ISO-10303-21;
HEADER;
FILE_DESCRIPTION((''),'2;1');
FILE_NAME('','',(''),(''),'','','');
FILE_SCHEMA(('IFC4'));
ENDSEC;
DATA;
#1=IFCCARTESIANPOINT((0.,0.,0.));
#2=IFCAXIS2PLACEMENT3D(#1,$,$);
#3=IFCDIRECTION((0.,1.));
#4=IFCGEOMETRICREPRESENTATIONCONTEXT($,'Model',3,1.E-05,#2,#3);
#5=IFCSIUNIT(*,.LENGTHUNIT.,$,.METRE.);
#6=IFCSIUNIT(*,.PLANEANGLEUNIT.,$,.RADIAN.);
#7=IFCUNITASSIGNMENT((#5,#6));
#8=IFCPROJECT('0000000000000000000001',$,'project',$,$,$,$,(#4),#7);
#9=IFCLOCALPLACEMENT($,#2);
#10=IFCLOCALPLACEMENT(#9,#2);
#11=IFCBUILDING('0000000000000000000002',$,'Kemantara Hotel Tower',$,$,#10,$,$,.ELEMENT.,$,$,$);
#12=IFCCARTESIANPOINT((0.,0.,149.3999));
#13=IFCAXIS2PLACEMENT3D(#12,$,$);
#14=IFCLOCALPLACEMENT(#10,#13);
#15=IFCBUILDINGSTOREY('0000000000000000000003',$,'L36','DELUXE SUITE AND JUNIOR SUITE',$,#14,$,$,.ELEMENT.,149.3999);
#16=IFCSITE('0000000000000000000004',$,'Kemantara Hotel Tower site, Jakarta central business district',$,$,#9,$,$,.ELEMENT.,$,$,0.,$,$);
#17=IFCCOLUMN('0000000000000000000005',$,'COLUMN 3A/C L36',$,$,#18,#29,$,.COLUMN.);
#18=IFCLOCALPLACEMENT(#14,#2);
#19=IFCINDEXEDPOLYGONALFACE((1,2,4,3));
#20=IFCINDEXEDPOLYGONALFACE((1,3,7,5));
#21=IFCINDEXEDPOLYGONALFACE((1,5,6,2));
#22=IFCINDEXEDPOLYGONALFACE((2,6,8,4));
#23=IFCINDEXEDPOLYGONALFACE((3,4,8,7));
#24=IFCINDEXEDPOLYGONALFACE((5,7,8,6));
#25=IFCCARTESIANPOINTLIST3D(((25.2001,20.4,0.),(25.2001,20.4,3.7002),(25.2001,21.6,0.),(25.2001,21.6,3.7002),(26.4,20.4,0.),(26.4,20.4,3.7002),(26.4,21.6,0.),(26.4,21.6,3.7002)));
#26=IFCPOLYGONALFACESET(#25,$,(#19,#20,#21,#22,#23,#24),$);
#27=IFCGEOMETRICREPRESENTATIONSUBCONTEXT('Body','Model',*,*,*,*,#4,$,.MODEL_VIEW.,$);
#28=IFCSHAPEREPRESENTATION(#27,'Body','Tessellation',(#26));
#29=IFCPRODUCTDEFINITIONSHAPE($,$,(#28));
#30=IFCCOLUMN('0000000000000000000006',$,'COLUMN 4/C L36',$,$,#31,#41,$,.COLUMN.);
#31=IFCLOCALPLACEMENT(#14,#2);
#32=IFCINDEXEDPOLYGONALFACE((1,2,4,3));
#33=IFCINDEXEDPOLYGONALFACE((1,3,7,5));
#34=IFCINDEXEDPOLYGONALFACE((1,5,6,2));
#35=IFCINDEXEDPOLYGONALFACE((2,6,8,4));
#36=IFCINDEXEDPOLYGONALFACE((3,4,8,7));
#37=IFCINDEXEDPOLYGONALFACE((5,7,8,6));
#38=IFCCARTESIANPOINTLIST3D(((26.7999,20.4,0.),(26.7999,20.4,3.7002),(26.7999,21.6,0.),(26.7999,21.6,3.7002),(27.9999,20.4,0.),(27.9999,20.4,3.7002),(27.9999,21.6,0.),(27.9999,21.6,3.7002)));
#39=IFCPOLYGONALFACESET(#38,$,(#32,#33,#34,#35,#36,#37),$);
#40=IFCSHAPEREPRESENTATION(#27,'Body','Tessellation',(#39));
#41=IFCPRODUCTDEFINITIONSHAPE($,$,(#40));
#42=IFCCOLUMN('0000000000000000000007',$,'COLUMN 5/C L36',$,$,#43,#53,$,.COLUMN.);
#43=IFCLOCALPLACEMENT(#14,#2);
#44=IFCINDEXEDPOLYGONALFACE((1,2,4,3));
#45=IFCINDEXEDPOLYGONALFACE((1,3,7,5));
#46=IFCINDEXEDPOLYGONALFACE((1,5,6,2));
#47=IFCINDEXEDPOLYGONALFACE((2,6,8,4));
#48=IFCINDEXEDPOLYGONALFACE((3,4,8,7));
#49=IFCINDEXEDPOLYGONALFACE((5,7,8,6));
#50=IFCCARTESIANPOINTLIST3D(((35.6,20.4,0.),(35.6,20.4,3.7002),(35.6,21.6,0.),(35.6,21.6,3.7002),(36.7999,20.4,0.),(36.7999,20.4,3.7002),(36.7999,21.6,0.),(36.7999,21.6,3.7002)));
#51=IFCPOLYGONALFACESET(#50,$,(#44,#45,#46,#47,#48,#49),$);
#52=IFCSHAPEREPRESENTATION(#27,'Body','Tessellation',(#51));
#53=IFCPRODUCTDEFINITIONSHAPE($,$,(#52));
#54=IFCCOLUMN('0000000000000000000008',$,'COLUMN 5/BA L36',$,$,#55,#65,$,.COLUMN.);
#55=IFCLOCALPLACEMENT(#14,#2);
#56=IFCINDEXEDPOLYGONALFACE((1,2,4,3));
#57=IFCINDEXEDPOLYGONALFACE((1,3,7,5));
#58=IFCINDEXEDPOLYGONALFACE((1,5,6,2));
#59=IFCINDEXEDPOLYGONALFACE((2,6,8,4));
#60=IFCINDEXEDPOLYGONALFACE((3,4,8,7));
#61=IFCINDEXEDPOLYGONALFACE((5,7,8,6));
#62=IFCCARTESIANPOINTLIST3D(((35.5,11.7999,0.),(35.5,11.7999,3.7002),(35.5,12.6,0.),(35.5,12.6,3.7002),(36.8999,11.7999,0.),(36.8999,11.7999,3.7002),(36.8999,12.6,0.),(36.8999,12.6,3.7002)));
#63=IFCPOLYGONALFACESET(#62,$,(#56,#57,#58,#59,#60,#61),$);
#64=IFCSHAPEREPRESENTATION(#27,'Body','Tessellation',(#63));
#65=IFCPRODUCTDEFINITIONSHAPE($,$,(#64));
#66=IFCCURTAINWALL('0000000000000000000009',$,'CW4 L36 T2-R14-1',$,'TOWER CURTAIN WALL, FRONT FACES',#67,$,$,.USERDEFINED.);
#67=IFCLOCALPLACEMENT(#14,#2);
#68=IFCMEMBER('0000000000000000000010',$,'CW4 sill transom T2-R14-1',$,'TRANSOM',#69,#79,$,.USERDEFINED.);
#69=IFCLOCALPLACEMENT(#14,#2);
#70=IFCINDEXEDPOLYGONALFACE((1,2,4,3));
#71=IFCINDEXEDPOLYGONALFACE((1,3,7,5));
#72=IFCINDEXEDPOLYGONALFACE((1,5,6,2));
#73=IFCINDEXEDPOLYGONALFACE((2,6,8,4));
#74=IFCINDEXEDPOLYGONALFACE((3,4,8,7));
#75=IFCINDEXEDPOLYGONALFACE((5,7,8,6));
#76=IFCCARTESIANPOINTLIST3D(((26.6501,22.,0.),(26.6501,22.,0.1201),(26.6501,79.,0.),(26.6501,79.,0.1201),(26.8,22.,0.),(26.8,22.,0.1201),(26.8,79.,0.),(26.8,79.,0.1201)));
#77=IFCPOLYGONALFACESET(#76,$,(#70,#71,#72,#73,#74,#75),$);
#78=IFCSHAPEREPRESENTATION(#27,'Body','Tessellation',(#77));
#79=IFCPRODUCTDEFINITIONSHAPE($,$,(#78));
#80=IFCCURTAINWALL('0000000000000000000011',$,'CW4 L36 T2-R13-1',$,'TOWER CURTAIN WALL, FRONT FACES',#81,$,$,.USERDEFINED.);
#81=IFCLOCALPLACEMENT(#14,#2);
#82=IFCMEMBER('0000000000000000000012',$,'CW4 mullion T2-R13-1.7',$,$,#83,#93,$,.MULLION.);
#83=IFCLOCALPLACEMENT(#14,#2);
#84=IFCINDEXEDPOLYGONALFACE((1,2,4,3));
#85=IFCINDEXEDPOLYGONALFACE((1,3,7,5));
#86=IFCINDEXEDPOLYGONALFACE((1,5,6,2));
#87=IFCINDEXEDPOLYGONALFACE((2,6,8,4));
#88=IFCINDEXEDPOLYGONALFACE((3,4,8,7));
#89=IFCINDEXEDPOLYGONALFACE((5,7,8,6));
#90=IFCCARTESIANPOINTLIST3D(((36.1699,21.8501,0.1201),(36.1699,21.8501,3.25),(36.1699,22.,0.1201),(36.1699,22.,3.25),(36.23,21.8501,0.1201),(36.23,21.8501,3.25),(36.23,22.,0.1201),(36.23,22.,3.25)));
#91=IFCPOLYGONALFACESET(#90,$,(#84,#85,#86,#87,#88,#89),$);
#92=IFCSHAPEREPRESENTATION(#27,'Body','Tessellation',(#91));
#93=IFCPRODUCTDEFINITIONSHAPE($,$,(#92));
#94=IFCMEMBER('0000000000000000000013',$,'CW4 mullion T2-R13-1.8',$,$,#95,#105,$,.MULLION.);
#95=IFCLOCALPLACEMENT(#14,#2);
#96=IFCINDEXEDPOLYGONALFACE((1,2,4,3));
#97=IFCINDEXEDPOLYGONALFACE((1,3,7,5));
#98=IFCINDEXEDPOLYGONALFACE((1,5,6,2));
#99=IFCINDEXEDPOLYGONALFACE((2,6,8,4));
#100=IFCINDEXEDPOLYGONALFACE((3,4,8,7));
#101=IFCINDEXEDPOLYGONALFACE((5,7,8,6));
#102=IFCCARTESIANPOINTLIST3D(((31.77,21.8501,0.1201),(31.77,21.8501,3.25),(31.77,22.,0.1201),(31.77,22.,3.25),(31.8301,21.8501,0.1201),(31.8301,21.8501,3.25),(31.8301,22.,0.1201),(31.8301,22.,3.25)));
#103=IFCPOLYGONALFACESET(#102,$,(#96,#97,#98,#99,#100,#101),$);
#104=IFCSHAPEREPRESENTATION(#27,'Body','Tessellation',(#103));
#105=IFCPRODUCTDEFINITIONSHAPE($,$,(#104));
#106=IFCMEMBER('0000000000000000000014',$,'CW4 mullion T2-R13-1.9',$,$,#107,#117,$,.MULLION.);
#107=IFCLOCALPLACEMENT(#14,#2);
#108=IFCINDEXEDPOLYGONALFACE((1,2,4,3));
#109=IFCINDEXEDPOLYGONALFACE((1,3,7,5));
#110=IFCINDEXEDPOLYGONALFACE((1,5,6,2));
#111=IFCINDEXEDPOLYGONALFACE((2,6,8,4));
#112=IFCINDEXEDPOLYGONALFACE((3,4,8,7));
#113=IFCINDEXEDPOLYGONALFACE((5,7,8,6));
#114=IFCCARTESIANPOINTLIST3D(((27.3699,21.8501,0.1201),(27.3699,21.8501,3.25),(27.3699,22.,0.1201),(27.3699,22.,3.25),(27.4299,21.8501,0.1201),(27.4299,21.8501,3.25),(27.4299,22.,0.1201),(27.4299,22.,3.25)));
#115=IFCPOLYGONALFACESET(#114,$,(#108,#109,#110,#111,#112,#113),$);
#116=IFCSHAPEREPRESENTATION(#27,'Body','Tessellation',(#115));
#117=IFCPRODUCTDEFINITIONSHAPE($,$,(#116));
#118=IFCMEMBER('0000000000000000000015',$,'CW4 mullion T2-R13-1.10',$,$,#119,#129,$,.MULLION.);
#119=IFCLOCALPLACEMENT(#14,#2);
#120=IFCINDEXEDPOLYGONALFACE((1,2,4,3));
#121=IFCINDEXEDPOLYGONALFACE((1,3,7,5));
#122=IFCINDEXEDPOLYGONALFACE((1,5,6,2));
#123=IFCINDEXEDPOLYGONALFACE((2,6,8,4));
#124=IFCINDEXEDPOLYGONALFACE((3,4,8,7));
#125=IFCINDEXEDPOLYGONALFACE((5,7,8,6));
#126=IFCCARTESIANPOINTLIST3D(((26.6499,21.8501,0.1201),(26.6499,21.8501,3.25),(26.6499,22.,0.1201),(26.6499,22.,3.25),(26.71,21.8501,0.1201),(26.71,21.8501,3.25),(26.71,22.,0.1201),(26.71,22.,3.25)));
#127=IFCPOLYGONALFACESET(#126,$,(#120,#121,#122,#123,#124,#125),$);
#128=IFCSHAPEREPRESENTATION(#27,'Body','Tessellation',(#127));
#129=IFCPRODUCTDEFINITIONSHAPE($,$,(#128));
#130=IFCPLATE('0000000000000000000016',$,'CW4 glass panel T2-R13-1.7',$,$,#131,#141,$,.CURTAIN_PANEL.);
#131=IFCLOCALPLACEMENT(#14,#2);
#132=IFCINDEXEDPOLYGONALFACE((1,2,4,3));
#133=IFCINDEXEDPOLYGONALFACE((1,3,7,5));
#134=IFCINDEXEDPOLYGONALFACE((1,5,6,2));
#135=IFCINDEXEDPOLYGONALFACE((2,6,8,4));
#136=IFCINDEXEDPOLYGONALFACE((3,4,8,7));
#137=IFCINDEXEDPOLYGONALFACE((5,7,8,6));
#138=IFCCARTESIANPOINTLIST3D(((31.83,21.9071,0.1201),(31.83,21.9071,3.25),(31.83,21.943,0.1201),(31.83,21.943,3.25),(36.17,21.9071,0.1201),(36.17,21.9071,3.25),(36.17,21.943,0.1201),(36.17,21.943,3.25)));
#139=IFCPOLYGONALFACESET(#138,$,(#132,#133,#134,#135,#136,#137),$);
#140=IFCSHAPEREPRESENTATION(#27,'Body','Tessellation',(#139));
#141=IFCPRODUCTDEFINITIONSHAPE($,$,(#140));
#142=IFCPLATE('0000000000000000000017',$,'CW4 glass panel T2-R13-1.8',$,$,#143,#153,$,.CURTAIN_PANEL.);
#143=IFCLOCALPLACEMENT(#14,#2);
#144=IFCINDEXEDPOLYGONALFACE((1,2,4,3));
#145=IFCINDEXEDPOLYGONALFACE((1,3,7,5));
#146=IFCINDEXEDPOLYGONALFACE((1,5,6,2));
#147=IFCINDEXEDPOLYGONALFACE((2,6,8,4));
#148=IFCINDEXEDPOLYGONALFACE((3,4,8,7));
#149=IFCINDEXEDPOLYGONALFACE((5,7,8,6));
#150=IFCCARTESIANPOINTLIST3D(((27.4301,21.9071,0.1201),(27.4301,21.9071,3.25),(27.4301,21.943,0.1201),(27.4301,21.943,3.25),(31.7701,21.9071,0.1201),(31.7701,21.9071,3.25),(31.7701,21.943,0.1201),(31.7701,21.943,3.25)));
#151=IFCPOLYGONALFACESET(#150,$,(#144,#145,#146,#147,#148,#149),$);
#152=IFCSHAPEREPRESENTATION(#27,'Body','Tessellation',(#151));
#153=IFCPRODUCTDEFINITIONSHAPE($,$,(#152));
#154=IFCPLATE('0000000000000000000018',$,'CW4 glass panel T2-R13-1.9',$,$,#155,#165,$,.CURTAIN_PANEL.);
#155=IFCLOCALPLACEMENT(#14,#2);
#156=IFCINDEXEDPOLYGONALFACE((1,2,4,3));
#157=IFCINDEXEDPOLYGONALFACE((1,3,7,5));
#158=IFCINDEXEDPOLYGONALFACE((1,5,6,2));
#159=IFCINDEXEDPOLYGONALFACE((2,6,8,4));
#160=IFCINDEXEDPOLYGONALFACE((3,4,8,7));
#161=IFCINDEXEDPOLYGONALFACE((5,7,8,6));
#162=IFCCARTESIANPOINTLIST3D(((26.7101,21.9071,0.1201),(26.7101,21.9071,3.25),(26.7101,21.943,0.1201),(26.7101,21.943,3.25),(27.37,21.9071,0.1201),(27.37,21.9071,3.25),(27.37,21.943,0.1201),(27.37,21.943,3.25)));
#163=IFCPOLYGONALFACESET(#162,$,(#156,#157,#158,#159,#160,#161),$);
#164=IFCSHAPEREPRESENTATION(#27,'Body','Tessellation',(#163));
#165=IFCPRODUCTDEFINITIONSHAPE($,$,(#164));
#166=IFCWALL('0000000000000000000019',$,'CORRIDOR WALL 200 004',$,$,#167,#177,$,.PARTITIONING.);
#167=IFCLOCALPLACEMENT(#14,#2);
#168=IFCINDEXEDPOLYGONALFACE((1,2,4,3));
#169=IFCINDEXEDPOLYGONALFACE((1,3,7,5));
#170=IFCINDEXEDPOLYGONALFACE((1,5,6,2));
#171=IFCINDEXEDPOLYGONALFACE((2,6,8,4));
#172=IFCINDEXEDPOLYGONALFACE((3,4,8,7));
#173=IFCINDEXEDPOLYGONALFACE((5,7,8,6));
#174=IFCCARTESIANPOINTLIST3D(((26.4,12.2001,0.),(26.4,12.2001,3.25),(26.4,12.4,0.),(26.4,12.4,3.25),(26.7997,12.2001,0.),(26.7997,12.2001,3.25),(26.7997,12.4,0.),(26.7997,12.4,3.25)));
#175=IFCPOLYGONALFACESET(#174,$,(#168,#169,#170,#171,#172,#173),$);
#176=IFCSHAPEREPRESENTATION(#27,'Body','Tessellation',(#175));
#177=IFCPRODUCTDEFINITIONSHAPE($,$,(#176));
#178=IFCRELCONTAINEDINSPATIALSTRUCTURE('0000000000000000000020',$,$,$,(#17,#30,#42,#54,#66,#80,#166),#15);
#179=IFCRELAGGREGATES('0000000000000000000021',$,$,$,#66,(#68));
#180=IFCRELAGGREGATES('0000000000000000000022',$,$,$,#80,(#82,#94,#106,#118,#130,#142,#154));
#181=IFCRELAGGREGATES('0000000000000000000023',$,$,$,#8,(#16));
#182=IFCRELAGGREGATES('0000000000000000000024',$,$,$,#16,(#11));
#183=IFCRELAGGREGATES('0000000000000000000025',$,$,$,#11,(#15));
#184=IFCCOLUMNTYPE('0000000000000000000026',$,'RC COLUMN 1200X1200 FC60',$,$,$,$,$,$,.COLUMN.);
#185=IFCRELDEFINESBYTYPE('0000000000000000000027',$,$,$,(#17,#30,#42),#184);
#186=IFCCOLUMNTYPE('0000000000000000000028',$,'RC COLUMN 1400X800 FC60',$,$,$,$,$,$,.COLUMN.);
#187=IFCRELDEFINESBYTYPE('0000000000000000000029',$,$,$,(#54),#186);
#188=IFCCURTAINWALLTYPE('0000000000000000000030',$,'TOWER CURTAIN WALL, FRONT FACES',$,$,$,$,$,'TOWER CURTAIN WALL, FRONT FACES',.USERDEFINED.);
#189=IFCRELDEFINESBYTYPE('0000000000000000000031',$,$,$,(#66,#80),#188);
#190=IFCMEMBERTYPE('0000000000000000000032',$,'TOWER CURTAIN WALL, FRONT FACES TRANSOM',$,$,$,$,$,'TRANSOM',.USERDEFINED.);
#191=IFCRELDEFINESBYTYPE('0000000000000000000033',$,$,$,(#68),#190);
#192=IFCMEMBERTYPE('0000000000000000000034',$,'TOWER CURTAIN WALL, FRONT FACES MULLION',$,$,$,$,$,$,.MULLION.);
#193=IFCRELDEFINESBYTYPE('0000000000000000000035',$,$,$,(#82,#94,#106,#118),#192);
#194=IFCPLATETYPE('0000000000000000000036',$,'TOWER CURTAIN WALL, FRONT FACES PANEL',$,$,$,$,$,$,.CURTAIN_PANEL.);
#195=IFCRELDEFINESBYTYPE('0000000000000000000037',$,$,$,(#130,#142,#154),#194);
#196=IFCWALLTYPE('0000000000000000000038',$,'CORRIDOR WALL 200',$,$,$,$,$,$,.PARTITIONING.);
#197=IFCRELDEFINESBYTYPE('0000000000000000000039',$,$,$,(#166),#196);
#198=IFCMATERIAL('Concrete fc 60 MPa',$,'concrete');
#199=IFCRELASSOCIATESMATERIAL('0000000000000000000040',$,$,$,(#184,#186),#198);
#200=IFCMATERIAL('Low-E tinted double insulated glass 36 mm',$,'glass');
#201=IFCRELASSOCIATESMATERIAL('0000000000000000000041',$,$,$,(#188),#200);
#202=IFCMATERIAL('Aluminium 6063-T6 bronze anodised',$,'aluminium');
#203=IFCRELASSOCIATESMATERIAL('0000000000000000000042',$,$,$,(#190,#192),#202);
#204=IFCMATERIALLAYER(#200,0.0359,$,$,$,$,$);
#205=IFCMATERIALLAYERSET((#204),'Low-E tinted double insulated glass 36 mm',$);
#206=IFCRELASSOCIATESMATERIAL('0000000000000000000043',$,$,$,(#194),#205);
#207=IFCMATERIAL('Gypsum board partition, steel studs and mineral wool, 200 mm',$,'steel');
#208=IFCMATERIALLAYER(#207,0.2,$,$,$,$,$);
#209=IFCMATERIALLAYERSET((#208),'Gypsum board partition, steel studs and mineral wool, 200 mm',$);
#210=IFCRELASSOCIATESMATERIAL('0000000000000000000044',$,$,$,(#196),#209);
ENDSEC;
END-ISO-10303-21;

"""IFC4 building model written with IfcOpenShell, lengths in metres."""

from ifc_helpers import new_model, si_unit, direction, frame, frame_2d, origin, origin_2d, place, context, subcontext, project, spatial, rectangle, extrude, source, transform, mapped, material, layer, layer_set, material_profile, profile_set, type_object, element, aggregate, save


model = new_model("IFC4")

# Units and contexts
model_context = context("Model", 3, precision=1e-05, world=origin(), true_north=direction((0.0, 1.0)))
body_context = subcontext(model_context, "Body", "Model", "MODEL_VIEW")
ifc_project = project(units=[si_unit("LENGTHUNIT", "METRE"), si_unit("PLANEANGLEUNIT", "RADIAN")], contexts=[model_context])

# Site, building, storey
site_placement = place(None, origin())
site = spatial("IfcSite", under=ifc_project, at=site_placement, Name="Kemantara Hotel Tower site, Jakarta central business district", CompositionType="ELEMENT", RefElevation=0.0)
building_placement = place(site_placement, origin())
building = spatial("IfcBuilding", under=site, at=building_placement, Name="Kemantara Hotel Tower", CompositionType="ELEMENT")
storey_placement = place(building_placement, frame((0.0, 0.0, 149.3999)))
storey = spatial("IfcBuildingStorey", under=building, at=storey_placement, Name="L36", Description="DELUXE SUITE AND JUNIOR SUITE", CompositionType="ELEMENT", Elevation=149.3999)

# Columns
ifc_material_1 = material(Name="Concrete fc 60 MPa", Category="concrete")
ifc_material_profile_1 = material_profile(ifc_material_1, rectangle(XDim=1.2, YDim=1.2, at=origin_2d()), Name="RC 1200X1200")
ifc_profile_set_1 = profile_set([ifc_material_profile_1], Name="Concrete fc 60 MPa")
column_type_1 = type_object("IfcColumnType", Name="RC COLUMN 1200X1200 FC60", PredefinedType="COLUMN", material=ifc_profile_set_1)
for number, where, z_axis, x_axis, name in (
    (1, (25.8, 21.0, 0.0), (0.0, 0.0, 1.0), (1.0, 0.0, 0.0), "COLUMN 3A/C L36"),
    (2, (27.3999, 21.0, 0.0), (0.0, 0.0, 1.0), (1.0, 0.0, 0.0), "COLUMN 4/C L36"),
    (3, (36.2, 21.0, 0.0), (0.0, 0.0, 1.0), (1.0, 0.0, 0.0), "COLUMN 5/C L36"),
):
    element("IfcColumn", number, at=place(storey_placement, frame(where, z_axis=z_axis, x_axis=x_axis)), inside=storey, type_object=column_type_1, Name=name, PredefinedType="COLUMN", context=body_context, shape_type="SweptSolid", body=[
        extrude(rectangle(XDim=1.2, YDim=1.2, at=origin_2d()), origin(), (0.0, 0.0, 1.0), 3.7002),
    ])
ifc_material_profile_2 = material_profile(ifc_material_1, rectangle(XDim=1.3999, YDim=0.8, at=origin_2d()), Name="RC 1400X800")
ifc_profile_set_2 = profile_set([ifc_material_profile_2], Name="Concrete fc 60 MPa")
column_type_2 = type_object("IfcColumnType", Name="RC COLUMN 1400X800 FC60", PredefinedType="COLUMN", material=ifc_profile_set_2)
column_placement = place(storey_placement, frame((36.2, 12.2, 0.0), z_axis=(0.0, 0.0, 1.0), x_axis=(1.0, 0.0, 0.0)))
element("IfcColumn", 4, at=column_placement, inside=storey, type_object=column_type_2, Name="COLUMN 5/BA L36", PredefinedType="COLUMN", context=body_context, shape_type="SweptSolid", body=[
    extrude(rectangle(XDim=1.3999, YDim=0.8, at=origin_2d()), origin(), (0.0, 0.0, 1.0), 3.7002),
])

# Curtain wall, member
ifc_material_2 = material(Name="Low-E tinted double insulated glass 36 mm", Category="glass")
curtain_wall_type = type_object("IfcCurtainWallType", Name="TOWER CURTAIN WALL, FRONT FACES", ElementType="TOWER CURTAIN WALL, FRONT FACES", PredefinedType="USERDEFINED", material=ifc_material_2)
curtain_wall_1_placement = place(storey_placement, origin())
curtain_wall_1 = element("IfcCurtainWall", 5, at=curtain_wall_1_placement, inside=storey, type_object=curtain_wall_type, Name="CW4 L36 T2-R14-1", ObjectType="TOWER CURTAIN WALL, FRONT FACES", PredefinedType="USERDEFINED")
ifc_material_3 = material(Name="Aluminium 6063-T6 bronze anodised", Category="aluminium")
ifc_material_profile_3 = material_profile(ifc_material_3, rectangle(XDim=0.1499, YDim=0.1201, at=origin_2d()), Name="TOWER CURTAIN WALL, FRONT FACES TRANSOM")
ifc_profile_set_3 = profile_set([ifc_material_profile_3], Name="Aluminium 6063-T6 bronze anodised")
member_type_1 = type_object("IfcMemberType", Name="TOWER CURTAIN WALL, FRONT FACES TRANSOM", ElementType="TRANSOM", PredefinedType="USERDEFINED", material=ifc_profile_set_3)
member_1_placement = place(storey_placement, frame((26.7251, 22.0, 0.0601), z_axis=(0.0, 1.0, 0.0), x_axis=(-1.0, 0.0, 0.0)))
member_1 = element("IfcMember", 6, at=member_1_placement, type_object=member_type_1, Name="CW4 sill transom T2-R14-1", ObjectType="TRANSOM", PredefinedType="USERDEFINED", context=body_context, shape_type="SweptSolid", body=[
    extrude(rectangle(XDim=0.1499, YDim=0.1201, at=origin_2d()), origin(), (0.0, 0.0, 1.0), 57.0),
])
aggregate(curtain_wall_1, [member_1])

# Curtain wall, members, plates
curtain_wall_2_placement = place(storey_placement, origin())
curtain_wall_2 = element("IfcCurtainWall", 7, at=curtain_wall_2_placement, inside=storey, type_object=curtain_wall_type, Name="CW4 L36 T2-R13-1", ObjectType="TOWER CURTAIN WALL, FRONT FACES", PredefinedType="USERDEFINED")
ifc_material_profile_4 = material_profile(ifc_material_3, rectangle(XDim=0.1499, YDim=0.0601, at=origin_2d()), Name="TOWER CURTAIN WALL, FRONT FACES MULLION")
ifc_profile_set_4 = profile_set([ifc_material_profile_4], Name="Aluminium 6063-T6 bronze anodised")
member_type_2 = type_object("IfcMemberType", Name="TOWER CURTAIN WALL, FRONT FACES MULLION", PredefinedType="MULLION", material=ifc_profile_set_4)
shared_shape_1 = source(origin(), body_context, "Body", "SweptSolid", [
    extrude(rectangle(XDim=0.1499, YDim=0.0601, at=origin_2d()), origin(), (0.0, 0.0, 1.0), 3.1299),
])
member_2_placement = place(storey_placement, frame((36.2, 21.925, 0.1201), z_axis=(0.0, 0.0, 1.0), x_axis=(0.0, -1.0, 0.0)))
member_2 = element("IfcMember", 8, at=member_2_placement, type_object=member_type_2, Name="CW4 mullion T2-R13-1.7", PredefinedType="MULLION", context=body_context, shape_type="MappedRepresentation", body=[
    mapped(shared_shape_1, transform((0.0, 0.0, 0.0))),
])
member_3_placement = place(storey_placement, frame((31.8, 21.925, 0.1201), z_axis=(0.0, 0.0, 1.0), x_axis=(0.0, -1.0, 0.0)))
member_3 = element("IfcMember", 9, at=member_3_placement, type_object=member_type_2, Name="CW4 mullion T2-R13-1.8", PredefinedType="MULLION", context=body_context, shape_type="MappedRepresentation", body=[
    mapped(shared_shape_1, transform((0.0, 0.0, 0.0))),
])
member_4_placement = place(storey_placement, frame((27.3999, 21.925, 0.1201), z_axis=(0.0, 0.0, 1.0), x_axis=(0.0, -1.0, 0.0)))
member_4 = element("IfcMember", 10, at=member_4_placement, type_object=member_type_2, Name="CW4 mullion T2-R13-1.9", PredefinedType="MULLION", context=body_context, shape_type="MappedRepresentation", body=[
    mapped(shared_shape_1, transform((0.0, 0.0, 0.0))),
])
member_5_placement = place(storey_placement, frame((26.6799, 21.925, 0.1201), z_axis=(0.0, 0.0, 1.0), x_axis=(0.0, -1.0, 0.0)))
member_5 = element("IfcMember", 11, at=member_5_placement, type_object=member_type_2, Name="CW4 mullion T2-R13-1.10", PredefinedType="MULLION", context=body_context, shape_type="MappedRepresentation", body=[
    mapped(shared_shape_1, transform((0.0, 0.0, 0.0))),
])
ifc_layer_1 = layer(ifc_material_2, 0.0359)
ifc_layer_set_1 = layer_set([ifc_layer_1], Name="Low-E tinted double insulated glass 36 mm")
plate_type = type_object("IfcPlateType", Name="TOWER CURTAIN WALL, FRONT FACES PANEL", PredefinedType="CURTAIN_PANEL", material=ifc_layer_set_1)
shared_shape_2 = source(origin(), body_context, "Body", "SweptSolid", [
    extrude(rectangle(XDim=4.3401, YDim=0.0359, at=origin_2d()), origin(), (0.0, 0.0, 1.0), 3.1299),
])
plate_1_placement = place(storey_placement, frame((34.0, 21.925, 0.1201), z_axis=(0.0, 0.0, 1.0), x_axis=(-1.0, 0.0, 0.0)))
plate_1 = element("IfcPlate", 12, at=plate_1_placement, type_object=plate_type, Name="CW4 glass panel T2-R13-1.7", PredefinedType="CURTAIN_PANEL", context=body_context, shape_type="MappedRepresentation", body=[
    mapped(shared_shape_2, transform((0.0, 0.0, 0.0))),
])
plate_2_placement = place(storey_placement, frame((29.6001, 21.925, 0.1201), z_axis=(0.0, 0.0, 1.0), x_axis=(-1.0, 0.0, 0.0)))
plate_2 = element("IfcPlate", 13, at=plate_2_placement, type_object=plate_type, Name="CW4 glass panel T2-R13-1.8", PredefinedType="CURTAIN_PANEL", context=body_context, shape_type="MappedRepresentation", body=[
    mapped(shared_shape_2, transform((0.0, 0.0, 0.0))),
])
shared_shape_3 = source(origin(), body_context, "Body", "SweptSolid", [
    extrude(rectangle(XDim=0.6599, YDim=0.0359, at=origin_2d()), origin(), (0.0, 0.0, 1.0), 3.1299),
])
plate_3_placement = place(storey_placement, frame((27.04, 21.925, 0.1201), z_axis=(0.0, 0.0, 1.0), x_axis=(-1.0, 0.0, 0.0)))
plate_3 = element("IfcPlate", 14, at=plate_3_placement, type_object=plate_type, Name="CW4 glass panel T2-R13-1.9", PredefinedType="CURTAIN_PANEL", context=body_context, shape_type="MappedRepresentation", body=[
    mapped(shared_shape_3, transform((0.0, 0.0, 0.0))),
])
aggregate(curtain_wall_2, [member_2, member_3, member_4, member_5, plate_1, plate_2, plate_3])

# Wall
ifc_material_4 = material(Name="Gypsum board partition, steel studs and mineral wool, 200 mm", Category="steel")
ifc_layer_2 = layer(ifc_material_4, 0.2)
ifc_layer_set_2 = layer_set([ifc_layer_2], Name="Gypsum board partition, steel studs and mineral wool, 200 mm")
wall_type_1 = type_object("IfcWallType", Name="CORRIDOR WALL 200", PredefinedType="PARTITIONING", material=ifc_layer_set_2)
wall_1_placement = place(storey_placement, frame((26.4001, 12.3, 0.0), z_axis=(0.0, 0.0, 1.0), x_axis=(1.0, 0.0, 0.0)))
element("IfcWall", 15, at=wall_1_placement, inside=storey, type_object=wall_type_1, Name="CORRIDOR WALL 200 004", PredefinedType="PARTITIONING", context=body_context, shape_type="SweptSolid", body=[
    extrude(rectangle(XDim=0.3997, YDim=0.2, at=frame_2d((0.1997, 0.0))), origin(), (0.0, 0.0, 1.0), 3.25),
])

save(model, "model.ifc")
